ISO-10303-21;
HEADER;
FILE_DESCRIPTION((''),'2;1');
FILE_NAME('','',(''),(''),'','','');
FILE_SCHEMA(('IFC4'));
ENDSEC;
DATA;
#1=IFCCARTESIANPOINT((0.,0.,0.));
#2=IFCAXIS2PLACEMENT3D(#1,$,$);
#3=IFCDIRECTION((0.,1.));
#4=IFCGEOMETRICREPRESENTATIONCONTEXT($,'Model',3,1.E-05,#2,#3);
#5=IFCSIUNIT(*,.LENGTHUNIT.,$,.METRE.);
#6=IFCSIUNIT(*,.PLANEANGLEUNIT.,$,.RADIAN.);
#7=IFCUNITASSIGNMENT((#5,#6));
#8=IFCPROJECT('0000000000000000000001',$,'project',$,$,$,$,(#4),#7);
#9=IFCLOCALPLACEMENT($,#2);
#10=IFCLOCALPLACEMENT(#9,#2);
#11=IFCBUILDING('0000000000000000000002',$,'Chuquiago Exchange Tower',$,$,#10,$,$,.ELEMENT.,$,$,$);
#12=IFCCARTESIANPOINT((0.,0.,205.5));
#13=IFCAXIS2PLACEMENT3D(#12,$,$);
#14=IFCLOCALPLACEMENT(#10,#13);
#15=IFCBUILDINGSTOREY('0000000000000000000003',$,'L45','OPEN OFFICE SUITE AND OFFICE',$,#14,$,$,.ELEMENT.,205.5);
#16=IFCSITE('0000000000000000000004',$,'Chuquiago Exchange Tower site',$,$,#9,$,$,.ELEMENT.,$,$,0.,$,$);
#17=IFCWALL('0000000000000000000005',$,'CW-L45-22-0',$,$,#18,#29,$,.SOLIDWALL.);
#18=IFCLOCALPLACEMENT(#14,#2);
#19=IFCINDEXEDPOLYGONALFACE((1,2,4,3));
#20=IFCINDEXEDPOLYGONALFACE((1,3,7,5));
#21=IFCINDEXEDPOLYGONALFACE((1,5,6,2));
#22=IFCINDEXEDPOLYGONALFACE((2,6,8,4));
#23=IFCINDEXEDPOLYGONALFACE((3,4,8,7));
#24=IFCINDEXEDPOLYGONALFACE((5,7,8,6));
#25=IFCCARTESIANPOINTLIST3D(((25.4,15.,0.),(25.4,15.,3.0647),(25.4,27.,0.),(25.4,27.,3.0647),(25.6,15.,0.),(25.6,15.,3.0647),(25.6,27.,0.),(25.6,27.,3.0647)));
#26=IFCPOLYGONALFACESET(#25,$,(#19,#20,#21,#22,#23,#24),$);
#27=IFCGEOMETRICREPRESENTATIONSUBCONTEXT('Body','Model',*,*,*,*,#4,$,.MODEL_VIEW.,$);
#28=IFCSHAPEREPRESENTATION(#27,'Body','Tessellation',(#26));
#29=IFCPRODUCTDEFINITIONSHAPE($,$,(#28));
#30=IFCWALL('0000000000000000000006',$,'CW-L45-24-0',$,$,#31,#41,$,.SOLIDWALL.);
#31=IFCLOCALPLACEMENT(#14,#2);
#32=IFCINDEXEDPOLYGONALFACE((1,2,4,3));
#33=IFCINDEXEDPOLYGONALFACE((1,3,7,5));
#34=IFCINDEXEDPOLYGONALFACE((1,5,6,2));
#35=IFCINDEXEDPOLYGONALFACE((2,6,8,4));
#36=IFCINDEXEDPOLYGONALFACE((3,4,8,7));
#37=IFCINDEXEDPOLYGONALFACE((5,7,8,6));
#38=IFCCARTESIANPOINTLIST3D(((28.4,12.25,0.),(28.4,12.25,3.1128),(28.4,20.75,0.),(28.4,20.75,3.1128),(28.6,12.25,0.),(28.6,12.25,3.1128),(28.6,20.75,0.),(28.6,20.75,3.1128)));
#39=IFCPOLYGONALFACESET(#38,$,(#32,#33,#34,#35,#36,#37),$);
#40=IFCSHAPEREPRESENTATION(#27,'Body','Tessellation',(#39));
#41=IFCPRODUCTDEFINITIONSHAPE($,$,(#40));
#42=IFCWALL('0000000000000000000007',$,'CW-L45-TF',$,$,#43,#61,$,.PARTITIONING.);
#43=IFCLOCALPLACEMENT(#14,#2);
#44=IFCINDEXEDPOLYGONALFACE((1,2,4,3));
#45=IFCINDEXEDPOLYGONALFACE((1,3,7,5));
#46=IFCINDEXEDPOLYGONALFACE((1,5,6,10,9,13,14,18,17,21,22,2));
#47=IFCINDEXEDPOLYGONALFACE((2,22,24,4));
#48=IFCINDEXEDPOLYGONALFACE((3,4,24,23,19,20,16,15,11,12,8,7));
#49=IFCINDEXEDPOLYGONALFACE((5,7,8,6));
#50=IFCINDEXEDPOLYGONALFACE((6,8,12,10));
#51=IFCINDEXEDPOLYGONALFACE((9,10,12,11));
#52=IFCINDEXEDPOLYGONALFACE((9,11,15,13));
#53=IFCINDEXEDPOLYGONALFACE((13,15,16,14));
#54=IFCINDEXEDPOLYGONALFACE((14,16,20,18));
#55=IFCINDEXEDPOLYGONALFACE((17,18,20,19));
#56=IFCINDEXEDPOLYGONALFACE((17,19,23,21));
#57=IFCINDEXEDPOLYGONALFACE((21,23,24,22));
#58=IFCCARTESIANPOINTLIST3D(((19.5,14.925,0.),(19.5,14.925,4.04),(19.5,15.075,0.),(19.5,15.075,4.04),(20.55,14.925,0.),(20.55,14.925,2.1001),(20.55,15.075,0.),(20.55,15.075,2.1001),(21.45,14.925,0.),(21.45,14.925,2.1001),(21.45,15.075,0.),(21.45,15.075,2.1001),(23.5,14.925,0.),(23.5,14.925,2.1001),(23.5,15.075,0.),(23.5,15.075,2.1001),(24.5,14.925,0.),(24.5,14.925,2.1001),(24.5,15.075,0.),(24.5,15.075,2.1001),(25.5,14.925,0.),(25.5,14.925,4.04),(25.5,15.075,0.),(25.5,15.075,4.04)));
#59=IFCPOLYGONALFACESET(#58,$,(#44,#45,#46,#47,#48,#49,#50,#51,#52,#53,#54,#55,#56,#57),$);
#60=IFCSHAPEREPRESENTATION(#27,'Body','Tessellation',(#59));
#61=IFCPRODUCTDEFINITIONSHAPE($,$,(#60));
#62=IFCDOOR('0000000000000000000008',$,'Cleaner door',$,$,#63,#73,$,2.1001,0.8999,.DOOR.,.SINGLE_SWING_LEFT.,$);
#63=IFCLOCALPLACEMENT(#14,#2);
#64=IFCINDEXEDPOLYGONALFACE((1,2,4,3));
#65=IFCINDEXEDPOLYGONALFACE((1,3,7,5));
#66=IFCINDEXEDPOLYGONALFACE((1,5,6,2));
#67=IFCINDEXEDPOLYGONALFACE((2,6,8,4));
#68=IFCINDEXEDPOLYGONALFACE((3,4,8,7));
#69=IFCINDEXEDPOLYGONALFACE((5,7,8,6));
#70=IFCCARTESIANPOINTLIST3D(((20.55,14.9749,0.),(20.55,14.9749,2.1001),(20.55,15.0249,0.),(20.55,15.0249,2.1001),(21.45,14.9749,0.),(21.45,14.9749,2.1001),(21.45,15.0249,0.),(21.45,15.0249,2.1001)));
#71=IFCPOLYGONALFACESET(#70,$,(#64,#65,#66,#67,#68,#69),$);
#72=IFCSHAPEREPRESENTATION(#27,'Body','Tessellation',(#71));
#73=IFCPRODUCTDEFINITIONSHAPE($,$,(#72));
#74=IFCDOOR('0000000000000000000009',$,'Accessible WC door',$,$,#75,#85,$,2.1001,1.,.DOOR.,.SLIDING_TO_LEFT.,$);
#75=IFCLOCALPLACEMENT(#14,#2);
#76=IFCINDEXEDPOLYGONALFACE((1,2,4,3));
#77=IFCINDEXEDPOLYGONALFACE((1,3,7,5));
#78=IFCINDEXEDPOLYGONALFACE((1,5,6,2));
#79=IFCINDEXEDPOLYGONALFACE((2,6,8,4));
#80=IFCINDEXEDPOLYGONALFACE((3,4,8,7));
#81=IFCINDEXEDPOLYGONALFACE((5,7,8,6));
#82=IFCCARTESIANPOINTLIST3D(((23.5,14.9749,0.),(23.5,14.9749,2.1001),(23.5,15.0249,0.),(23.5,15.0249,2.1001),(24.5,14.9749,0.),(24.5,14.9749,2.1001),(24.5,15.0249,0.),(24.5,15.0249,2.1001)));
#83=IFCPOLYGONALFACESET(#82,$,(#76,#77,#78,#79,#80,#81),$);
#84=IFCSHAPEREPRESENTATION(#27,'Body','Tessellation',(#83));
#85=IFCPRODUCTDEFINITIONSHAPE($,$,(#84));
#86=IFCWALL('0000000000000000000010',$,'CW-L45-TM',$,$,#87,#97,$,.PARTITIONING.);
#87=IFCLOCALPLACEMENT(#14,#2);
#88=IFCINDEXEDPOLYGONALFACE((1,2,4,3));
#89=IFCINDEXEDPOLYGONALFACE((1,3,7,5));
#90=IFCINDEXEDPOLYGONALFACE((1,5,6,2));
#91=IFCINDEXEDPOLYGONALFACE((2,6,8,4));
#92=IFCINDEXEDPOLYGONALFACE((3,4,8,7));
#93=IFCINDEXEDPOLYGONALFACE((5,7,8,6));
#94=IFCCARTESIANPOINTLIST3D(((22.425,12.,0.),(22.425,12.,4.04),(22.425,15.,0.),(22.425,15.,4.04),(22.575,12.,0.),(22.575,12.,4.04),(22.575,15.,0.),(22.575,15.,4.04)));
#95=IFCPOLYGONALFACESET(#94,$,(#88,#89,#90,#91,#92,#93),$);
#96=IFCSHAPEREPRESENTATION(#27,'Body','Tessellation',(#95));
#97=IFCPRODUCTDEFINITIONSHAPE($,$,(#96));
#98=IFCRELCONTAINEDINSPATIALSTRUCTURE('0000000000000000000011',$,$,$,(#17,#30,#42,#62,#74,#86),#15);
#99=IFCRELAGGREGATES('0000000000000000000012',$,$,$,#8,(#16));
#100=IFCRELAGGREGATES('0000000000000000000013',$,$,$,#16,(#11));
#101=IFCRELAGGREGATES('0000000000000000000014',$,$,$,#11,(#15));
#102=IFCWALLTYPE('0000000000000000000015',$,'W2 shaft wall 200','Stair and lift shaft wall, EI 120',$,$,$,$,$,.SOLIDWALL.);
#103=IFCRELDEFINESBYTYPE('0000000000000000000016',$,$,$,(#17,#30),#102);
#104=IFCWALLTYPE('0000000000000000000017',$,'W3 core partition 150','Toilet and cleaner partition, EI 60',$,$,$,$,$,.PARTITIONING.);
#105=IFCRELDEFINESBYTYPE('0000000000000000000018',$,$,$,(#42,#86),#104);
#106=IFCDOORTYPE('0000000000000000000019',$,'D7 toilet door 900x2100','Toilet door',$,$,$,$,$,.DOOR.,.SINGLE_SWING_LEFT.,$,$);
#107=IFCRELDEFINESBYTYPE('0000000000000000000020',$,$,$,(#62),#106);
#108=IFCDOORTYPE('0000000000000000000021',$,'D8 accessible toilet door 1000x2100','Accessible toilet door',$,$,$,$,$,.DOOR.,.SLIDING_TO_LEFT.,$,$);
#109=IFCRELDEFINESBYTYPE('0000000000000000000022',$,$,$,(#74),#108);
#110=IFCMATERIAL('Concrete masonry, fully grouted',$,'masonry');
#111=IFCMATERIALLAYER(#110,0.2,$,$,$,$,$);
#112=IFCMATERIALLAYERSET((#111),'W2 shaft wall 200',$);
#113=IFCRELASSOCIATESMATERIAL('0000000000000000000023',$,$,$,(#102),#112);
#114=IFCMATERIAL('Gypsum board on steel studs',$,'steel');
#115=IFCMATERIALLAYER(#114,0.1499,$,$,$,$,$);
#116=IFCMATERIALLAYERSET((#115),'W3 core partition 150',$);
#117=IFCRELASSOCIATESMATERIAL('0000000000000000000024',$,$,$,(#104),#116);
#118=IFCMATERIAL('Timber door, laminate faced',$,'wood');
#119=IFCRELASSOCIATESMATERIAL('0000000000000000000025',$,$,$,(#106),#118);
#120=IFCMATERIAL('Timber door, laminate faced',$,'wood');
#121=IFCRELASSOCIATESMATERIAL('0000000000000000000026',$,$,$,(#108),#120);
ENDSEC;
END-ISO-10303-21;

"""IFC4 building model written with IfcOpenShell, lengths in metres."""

from ifc_helpers import new_model, si_unit, direction, frame, frame_2d, origin, place, context, subcontext, project, spatial, rectangle, extrude, material, layer, layer_set, type_object, element, fill, save


model = new_model("IFC4")

# Units and contexts
model_context = context("Model", 3, precision=1e-05, world=origin(), true_north=direction((0.0, 1.0)))
body_context = subcontext(model_context, "Body", "Model", "MODEL_VIEW")
ifc_project = project(units=[si_unit("LENGTHUNIT", "METRE"), si_unit("PLANEANGLEUNIT", "RADIAN")], contexts=[model_context])

# Site, building, storey
site_placement = place(None, origin())
site = spatial("IfcSite", under=ifc_project, at=site_placement, Name="Chuquiago Exchange Tower site", CompositionType="ELEMENT", RefElevation=0.0)
building_placement = place(site_placement, origin())
building = spatial("IfcBuilding", under=site, at=building_placement, Name="Chuquiago Exchange Tower", CompositionType="ELEMENT")
storey_placement = place(building_placement, frame((0.0, 0.0, 205.5)))
storey = spatial("IfcBuildingStorey", under=building, at=storey_placement, Name="L45", Description="OPEN OFFICE SUITE AND OFFICE", CompositionType="ELEMENT", Elevation=205.5)

# Shared definitions
ifc_material_1 = material(Name="Concrete masonry, fully grouted", Category="masonry")
ifc_layer_1 = layer(ifc_material_1, 0.2)
ifc_layer_set_1 = layer_set([ifc_layer_1], Name="W2 shaft wall 200")
wall_type_1 = type_object("IfcWallType", Name="W2 shaft wall 200", Description="Stair and lift shaft wall, EI 120", PredefinedType="SOLIDWALL", material=ifc_layer_set_1)

# Walls
wall_1_placement = place(storey_placement, frame((25.5, 15.0, 0.0), z_axis=(0.0, 0.0, 1.0), x_axis=(0.0, 1.0, 0.0)))
element("IfcWall", 1, at=wall_1_placement, inside=storey, type_object=wall_type_1, Name="CW-L45-22-0", PredefinedType="SOLIDWALL", context=body_context, shape_type="SweptSolid", body=[
    extrude(rectangle(XDim=12.0, YDim=0.2, at=frame_2d((6.0, 0.0))), origin(), (0.0, 0.0, 1.0), 3.0647),
])
wall_2_placement = place(storey_placement, frame((28.5, 12.25, 0.0), z_axis=(0.0, 0.0, 1.0), x_axis=(0.0, 1.0, 0.0)))
element("IfcWall", 2, at=wall_2_placement, inside=storey, type_object=wall_type_1, Name="CW-L45-24-0", PredefinedType="SOLIDWALL", context=body_context, shape_type="SweptSolid", body=[
    extrude(rectangle(XDim=8.5, YDim=0.2, at=frame_2d((4.25, 0.0))), origin(), (0.0, 0.0, 1.0), 3.1128),
])

# Wall, openings, doors
ifc_material_2 = material(Name="Gypsum board on steel studs", Category="steel")
ifc_layer_2 = layer(ifc_material_2, 0.1499)
ifc_layer_set_2 = layer_set([ifc_layer_2], Name="W3 core partition 150")
wall_type_2 = type_object("IfcWallType", Name="W3 core partition 150", Description="Toilet and cleaner partition, EI 60", PredefinedType="PARTITIONING", material=ifc_layer_set_2)
wall_3_placement = place(storey_placement, frame((19.5, 15.0, 0.0), z_axis=(0.0, 0.0, 1.0), x_axis=(1.0, 0.0, 0.0)))
wall_3 = element("IfcWall", 3, at=wall_3_placement, inside=storey, type_object=wall_type_2, Name="CW-L45-TF", PredefinedType="PARTITIONING", context=body_context, shape_type="SweptSolid", body=[
    extrude(rectangle(XDim=6.0, YDim=0.1499, at=frame_2d((3.0, 0.0))), origin(), (0.0, 0.0, 1.0), 4.04),
])
opening_1_placement = place(wall_3_placement, frame((4.0, 0.0, 0.0)))
opening_1 = element("IfcOpeningElement", 4, at=opening_1_placement, cuts=wall_3, PredefinedType="OPENING", context=body_context, shape_type="SweptSolid", body=[
    extrude(rectangle(XDim=1.0, YDim=2.1001, at=frame_2d((0.5, 1.05))), frame((0.0, 0.085, 0.0), z_axis=(0.0, -1.0, 0.0), x_axis=(1.0, 0.0, 0.0)), (0.0, 0.0, 1.0), 0.1699),
])
opening_2_placement = place(wall_3_placement, frame((1.05, 0.0, 0.0)))
opening_2 = element("IfcOpeningElement", 5, at=opening_2_placement, cuts=wall_3, PredefinedType="OPENING", context=body_context, shape_type="SweptSolid", body=[
    extrude(rectangle(XDim=0.8999, YDim=2.1001, at=frame_2d((0.45, 1.05))), frame((0.0, 0.085, 0.0), z_axis=(0.0, -1.0, 0.0), x_axis=(1.0, 0.0, 0.0)), (0.0, 0.0, 1.0), 0.1699),
])
ifc_material_3 = material(Name="Timber door, laminate faced", Category="wood")
door_type_1 = type_object("IfcDoorType", Name="D7 toilet door 900x2100", Description="Toilet door", OperationType="SINGLE_SWING_LEFT", PredefinedType="DOOR", material=ifc_material_3)
door_1_placement = place(opening_2_placement, origin())
door_1 = element("IfcDoor", 6, at=door_1_placement, inside=storey, type_object=door_type_1, Name="Cleaner door", OperationType="SINGLE_SWING_LEFT", OverallHeight=2.1001, OverallWidth=0.8999, PredefinedType="DOOR", context=body_context, shape_type="SweptSolid", body=[
    extrude(rectangle(XDim=0.8999, YDim=2.1001, at=frame_2d((0.45, 1.05))), frame((0.0, 0.0249, 0.0), z_axis=(0.0, -1.0, 0.0), x_axis=(1.0, 0.0, 0.0)), (0.0, 0.0, 1.0), 0.05),
])
fill(opening_2, door_1)
ifc_material_4 = material(Name="Timber door, laminate faced", Category="wood")
door_type_2 = type_object("IfcDoorType", Name="D8 accessible toilet door 1000x2100", Description="Accessible toilet door", OperationType="SLIDING_TO_LEFT", PredefinedType="DOOR", material=ifc_material_4)
door_2_placement = place(opening_1_placement, origin())
door_2 = element("IfcDoor", 7, at=door_2_placement, inside=storey, type_object=door_type_2, Name="Accessible WC door", OperationType="SLIDING_TO_LEFT", OverallHeight=2.1001, OverallWidth=1.0, PredefinedType="DOOR", context=body_context, shape_type="SweptSolid", body=[
    extrude(rectangle(XDim=1.0, YDim=2.1001, at=frame_2d((0.5, 1.05))), frame((0.0, 0.0249, 0.0), z_axis=(0.0, -1.0, 0.0), x_axis=(1.0, 0.0, 0.0)), (0.0, 0.0, 1.0), 0.05),
])
fill(opening_1, door_2)

# Wall
wall_4_placement = place(storey_placement, frame((22.5, 15.0, 0.0), z_axis=(0.0, 0.0, 1.0), x_axis=(0.0, -1.0, 0.0)))
element("IfcWall", 8, at=wall_4_placement, inside=storey, type_object=wall_type_2, Name="CW-L45-TM", PredefinedType="PARTITIONING", context=body_context, shape_type="SweptSolid", body=[
    extrude(rectangle(XDim=3.0, YDim=0.1499, at=frame_2d((1.5, 0.0))), origin(), (0.0, 0.0, 1.0), 4.04),
])

save(model, "model.ifc")
